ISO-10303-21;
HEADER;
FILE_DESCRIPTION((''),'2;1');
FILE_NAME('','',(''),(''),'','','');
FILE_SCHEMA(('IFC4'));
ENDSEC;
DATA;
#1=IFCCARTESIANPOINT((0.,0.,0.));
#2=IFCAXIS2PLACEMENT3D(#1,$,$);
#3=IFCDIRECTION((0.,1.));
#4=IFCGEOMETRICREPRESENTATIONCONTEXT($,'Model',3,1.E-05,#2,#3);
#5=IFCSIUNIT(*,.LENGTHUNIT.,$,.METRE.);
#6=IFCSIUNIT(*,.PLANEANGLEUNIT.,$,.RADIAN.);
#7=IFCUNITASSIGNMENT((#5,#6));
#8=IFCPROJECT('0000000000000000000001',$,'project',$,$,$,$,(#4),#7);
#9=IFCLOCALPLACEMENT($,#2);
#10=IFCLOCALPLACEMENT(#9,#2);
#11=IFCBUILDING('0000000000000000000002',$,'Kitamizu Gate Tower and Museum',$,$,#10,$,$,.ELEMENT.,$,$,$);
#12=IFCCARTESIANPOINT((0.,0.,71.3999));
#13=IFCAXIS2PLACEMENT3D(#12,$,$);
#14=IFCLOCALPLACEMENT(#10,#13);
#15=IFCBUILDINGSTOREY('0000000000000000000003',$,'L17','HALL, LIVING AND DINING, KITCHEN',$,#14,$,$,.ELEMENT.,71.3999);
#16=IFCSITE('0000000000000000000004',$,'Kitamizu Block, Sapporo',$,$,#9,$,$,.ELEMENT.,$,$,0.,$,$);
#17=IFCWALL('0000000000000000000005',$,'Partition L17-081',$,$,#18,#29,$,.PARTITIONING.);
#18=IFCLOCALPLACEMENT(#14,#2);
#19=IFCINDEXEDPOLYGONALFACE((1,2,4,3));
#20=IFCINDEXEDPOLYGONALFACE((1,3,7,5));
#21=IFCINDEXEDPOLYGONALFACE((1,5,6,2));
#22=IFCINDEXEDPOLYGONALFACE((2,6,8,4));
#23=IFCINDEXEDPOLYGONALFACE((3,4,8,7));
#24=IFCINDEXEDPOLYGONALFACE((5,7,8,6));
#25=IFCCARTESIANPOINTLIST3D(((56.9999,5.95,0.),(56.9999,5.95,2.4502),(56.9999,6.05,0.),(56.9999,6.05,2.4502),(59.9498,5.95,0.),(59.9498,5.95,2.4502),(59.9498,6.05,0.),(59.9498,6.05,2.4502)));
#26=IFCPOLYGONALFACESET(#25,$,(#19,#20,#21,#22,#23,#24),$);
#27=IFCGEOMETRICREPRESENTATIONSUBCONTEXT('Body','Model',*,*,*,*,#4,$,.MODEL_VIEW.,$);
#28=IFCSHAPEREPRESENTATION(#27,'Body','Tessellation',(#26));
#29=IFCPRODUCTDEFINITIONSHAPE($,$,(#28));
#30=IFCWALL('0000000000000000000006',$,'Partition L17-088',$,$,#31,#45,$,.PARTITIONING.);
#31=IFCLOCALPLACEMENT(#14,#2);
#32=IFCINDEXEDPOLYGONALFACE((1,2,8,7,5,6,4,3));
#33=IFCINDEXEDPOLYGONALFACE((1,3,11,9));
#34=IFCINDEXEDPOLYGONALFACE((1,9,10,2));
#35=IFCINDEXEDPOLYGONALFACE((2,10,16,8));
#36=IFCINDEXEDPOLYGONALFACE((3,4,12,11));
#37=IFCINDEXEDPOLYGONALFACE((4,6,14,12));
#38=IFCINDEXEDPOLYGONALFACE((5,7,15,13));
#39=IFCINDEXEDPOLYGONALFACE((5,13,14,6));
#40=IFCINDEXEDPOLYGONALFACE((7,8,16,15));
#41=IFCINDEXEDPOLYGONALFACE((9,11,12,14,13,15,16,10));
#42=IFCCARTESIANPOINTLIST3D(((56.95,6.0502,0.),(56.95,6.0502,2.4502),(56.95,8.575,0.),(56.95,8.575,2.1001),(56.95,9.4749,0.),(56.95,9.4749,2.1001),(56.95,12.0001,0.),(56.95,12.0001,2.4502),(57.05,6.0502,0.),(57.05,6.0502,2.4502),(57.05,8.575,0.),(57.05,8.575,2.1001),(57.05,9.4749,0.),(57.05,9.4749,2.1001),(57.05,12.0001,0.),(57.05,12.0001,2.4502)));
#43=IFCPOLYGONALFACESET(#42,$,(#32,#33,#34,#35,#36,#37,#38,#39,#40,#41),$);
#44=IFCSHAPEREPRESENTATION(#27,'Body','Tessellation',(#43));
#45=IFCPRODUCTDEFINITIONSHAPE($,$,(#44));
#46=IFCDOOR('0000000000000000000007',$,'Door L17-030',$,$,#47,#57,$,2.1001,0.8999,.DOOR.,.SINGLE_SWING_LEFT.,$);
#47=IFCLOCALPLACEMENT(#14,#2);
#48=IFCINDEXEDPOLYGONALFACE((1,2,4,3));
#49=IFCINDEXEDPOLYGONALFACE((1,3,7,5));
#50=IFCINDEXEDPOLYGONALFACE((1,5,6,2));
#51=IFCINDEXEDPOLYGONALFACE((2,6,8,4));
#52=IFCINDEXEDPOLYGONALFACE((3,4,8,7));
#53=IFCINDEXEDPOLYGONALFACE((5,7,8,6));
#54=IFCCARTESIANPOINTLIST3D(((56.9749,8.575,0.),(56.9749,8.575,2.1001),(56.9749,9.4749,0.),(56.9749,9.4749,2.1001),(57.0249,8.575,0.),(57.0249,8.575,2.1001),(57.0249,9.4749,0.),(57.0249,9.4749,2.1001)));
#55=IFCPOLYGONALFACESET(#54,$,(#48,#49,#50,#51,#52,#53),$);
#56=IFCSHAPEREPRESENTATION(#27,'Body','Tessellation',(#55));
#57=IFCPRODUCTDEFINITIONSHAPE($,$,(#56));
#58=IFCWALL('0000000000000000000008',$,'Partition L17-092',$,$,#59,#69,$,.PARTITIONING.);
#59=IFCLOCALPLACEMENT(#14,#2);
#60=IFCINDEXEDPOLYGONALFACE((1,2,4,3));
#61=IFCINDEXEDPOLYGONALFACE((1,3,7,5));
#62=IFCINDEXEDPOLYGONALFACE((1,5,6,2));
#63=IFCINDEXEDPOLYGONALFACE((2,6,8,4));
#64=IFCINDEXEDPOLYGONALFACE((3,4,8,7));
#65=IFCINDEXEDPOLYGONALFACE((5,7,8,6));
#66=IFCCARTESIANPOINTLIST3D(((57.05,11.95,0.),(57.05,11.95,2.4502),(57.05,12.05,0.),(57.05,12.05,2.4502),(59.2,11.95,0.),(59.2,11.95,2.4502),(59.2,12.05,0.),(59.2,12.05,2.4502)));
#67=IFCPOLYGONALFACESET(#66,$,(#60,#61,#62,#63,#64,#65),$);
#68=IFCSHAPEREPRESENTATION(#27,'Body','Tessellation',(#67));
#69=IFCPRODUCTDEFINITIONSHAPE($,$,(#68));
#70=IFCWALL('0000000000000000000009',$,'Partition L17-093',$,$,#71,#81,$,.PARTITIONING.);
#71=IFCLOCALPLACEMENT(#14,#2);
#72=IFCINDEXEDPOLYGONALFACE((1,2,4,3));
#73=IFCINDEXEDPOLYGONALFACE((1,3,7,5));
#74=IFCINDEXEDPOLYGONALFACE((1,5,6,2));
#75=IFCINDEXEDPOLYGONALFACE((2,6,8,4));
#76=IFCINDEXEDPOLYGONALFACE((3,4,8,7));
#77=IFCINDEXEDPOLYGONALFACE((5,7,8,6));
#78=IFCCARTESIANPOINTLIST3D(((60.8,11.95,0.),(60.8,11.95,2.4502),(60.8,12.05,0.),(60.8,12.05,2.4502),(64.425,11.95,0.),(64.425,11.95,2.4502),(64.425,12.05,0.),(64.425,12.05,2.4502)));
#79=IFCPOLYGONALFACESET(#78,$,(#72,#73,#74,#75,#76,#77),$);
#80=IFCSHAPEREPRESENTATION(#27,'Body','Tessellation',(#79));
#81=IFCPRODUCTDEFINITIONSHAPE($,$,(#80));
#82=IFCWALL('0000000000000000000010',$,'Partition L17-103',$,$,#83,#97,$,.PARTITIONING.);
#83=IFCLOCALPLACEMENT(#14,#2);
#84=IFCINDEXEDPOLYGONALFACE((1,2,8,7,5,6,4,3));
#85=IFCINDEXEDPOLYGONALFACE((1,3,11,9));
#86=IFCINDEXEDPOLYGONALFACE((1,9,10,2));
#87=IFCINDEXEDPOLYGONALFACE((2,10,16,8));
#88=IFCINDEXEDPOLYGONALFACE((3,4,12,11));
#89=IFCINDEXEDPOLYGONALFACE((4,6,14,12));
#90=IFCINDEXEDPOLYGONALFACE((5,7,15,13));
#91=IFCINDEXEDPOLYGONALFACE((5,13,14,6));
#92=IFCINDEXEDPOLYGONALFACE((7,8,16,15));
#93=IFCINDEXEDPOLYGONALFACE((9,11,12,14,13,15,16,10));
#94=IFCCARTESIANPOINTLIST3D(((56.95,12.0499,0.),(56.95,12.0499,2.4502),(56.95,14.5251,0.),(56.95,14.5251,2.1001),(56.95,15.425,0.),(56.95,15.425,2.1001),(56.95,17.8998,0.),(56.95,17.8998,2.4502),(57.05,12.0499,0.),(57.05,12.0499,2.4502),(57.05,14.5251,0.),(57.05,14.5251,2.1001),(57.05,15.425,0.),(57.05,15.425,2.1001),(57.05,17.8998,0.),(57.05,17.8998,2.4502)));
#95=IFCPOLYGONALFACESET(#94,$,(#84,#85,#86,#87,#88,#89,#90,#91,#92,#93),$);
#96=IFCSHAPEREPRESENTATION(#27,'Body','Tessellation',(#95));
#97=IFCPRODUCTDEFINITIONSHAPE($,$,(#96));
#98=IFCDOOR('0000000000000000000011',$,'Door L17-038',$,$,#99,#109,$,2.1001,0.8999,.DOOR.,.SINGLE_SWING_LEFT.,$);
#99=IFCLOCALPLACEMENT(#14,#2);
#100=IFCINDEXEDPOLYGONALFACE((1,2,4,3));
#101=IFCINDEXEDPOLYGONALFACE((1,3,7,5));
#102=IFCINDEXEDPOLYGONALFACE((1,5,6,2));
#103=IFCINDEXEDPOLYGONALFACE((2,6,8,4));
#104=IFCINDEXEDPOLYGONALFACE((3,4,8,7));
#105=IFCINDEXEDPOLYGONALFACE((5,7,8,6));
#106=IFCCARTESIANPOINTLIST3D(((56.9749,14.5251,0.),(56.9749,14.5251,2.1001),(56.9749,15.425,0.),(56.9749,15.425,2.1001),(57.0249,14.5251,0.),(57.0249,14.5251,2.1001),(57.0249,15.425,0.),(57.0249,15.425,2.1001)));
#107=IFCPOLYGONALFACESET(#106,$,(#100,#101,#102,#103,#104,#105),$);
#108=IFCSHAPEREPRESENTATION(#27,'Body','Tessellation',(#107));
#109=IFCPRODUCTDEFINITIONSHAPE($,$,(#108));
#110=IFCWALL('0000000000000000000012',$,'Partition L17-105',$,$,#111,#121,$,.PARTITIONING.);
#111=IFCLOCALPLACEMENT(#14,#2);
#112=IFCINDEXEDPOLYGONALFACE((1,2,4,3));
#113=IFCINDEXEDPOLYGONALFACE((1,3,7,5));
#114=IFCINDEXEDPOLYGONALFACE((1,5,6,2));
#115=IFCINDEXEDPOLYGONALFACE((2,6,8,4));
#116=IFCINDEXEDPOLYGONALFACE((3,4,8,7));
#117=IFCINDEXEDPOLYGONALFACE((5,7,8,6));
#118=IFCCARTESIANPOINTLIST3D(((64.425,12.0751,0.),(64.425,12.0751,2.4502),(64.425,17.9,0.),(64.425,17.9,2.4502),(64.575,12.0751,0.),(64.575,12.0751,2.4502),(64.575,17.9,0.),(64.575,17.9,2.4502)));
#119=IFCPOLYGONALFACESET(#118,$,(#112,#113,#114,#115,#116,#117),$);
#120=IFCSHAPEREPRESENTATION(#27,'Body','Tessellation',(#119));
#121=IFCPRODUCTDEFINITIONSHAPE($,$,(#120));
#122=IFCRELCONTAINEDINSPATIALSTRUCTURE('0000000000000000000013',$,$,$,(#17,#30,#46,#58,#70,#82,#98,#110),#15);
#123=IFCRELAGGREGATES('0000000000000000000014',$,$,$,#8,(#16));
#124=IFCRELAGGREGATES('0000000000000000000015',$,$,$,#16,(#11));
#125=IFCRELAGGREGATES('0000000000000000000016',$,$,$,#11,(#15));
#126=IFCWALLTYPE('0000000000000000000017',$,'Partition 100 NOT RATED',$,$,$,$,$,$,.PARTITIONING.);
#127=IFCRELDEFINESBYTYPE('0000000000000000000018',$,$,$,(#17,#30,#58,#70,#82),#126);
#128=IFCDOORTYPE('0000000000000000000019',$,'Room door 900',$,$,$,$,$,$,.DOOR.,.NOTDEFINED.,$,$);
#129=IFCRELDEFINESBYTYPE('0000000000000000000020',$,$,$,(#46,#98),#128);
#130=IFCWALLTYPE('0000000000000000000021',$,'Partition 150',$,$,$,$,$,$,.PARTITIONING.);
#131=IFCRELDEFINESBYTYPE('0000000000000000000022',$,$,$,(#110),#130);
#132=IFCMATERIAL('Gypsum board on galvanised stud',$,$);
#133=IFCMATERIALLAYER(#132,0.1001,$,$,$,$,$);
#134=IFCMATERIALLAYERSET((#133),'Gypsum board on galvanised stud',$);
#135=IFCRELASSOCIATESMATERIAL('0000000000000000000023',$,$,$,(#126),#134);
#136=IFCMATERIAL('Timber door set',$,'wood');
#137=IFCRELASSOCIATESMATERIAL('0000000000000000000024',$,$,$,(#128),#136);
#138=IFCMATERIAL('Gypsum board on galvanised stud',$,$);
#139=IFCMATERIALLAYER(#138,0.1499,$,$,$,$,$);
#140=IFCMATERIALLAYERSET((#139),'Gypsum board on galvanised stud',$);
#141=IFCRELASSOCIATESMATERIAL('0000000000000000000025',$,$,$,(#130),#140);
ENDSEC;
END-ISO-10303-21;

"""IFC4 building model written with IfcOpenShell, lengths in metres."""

from ifc_helpers import new_model, si_unit, direction, frame, frame_2d, origin, place, context, subcontext, project, spatial, rectangle, extrude, material, layer, layer_set, type_object, element, fill, save


model = new_model("IFC4")

# Units and contexts
model_context = context("Model", 3, precision=1e-05, world=origin(), true_north=direction((0.0, 1.0)))
body_context = subcontext(model_context, "Body", "Model", "MODEL_VIEW")
ifc_project = project(units=[si_unit("LENGTHUNIT", "METRE"), si_unit("PLANEANGLEUNIT", "RADIAN")], contexts=[model_context])

# Site, building, storey
site_placement = place(None, origin())
site = spatial("IfcSite", under=ifc_project, at=site_placement, Name="Kitamizu Block, Sapporo", CompositionType="ELEMENT", RefElevation=0.0)
building_placement = place(site_placement, origin())
building = spatial("IfcBuilding", under=site, at=building_placement, Name="Kitamizu Gate Tower and Museum", CompositionType="ELEMENT")
storey_placement = place(building_placement, frame((0.0, 0.0, 71.3999)))
storey = spatial("IfcBuildingStorey", under=building, at=storey_placement, Name="L17", Description="HALL, LIVING AND DINING, KITCHEN", CompositionType="ELEMENT", Elevation=71.3999)

# Shared definitions
ifc_material_1 = material(Name="Gypsum board on galvanised stud")
ifc_layer_1 = layer(ifc_material_1, 0.1001)
ifc_layer_set_1 = layer_set([ifc_layer_1], Name="Gypsum board on galvanised stud")
wall_type_1 = type_object("IfcWallType", Name="Partition 100 NOT RATED", PredefinedType="PARTITIONING", material=ifc_layer_set_1)
ifc_material_2 = material(Name="Timber door set", Category="wood")
door_type = type_object("IfcDoorType", Name="Room door 900", OperationType="NOTDEFINED", PredefinedType="DOOR", material=ifc_material_2)

# Wall
wall_1_placement = place(storey_placement, frame((59.95, 6.0, 0.0), z_axis=(0.0, 0.0, 1.0), x_axis=(-1.0, 0.0, 0.0)))
element("IfcWall", 1, at=wall_1_placement, inside=storey, type_object=wall_type_1, Name="Partition L17-081", PredefinedType="PARTITIONING", context=body_context, shape_type="SweptSolid", body=[
    extrude(rectangle(XDim=2.95, YDim=0.1001, at=frame_2d((1.4751, 0.0))), origin(), (0.0, 0.0, 1.0), 2.4502),
])

# Wall, opening, door
wall_2_placement = place(storey_placement, frame((57.0, 6.05, 0.0), z_axis=(0.0, 0.0, 1.0), x_axis=(0.0, 1.0, 0.0)))
wall_2 = element("IfcWall", 2, at=wall_2_placement, inside=storey, type_object=wall_type_1, Name="Partition L17-088", PredefinedType="PARTITIONING", context=body_context, shape_type="SweptSolid", body=[
    extrude(rectangle(XDim=5.95, YDim=0.1001, at=frame_2d((2.9751, 0.0))), origin(), (0.0, 0.0, 1.0), 2.4502),
])
opening_1_placement = place(wall_2_placement, frame((2.5249, 0.0, 0.0)))
opening_1 = element("IfcOpeningElement", 3, at=opening_1_placement, cuts=wall_2, PredefinedType="OPENING", context=body_context, shape_type="SweptSolid", body=[
    extrude(rectangle(XDim=0.8999, YDim=2.1001, at=frame_2d((0.45, 1.05))), frame((0.0, 0.0601, 0.0), z_axis=(0.0, -1.0, 0.0), x_axis=(1.0, 0.0, 0.0)), (0.0, 0.0, 1.0), 0.1201),
])
door_1_placement = place(opening_1_placement, frame((0.8999, 0.0, 0.0), x_axis=(-1.0, 0.0, 0.0)))
door_1 = element("IfcDoor", 4, at=door_1_placement, inside=storey, type_object=door_type, Name="Door L17-030", OperationType="SINGLE_SWING_LEFT", OverallHeight=2.1001, OverallWidth=0.8999, PredefinedType="DOOR", context=body_context, shape_type="SweptSolid", body=[
    extrude(rectangle(XDim=0.8999, YDim=2.1001, at=frame_2d((0.45, 1.05))), frame((0.0, 0.0249, 0.0), z_axis=(0.0, -1.0, 0.0), x_axis=(1.0, 0.0, 0.0)), (0.0, 0.0, 1.0), 0.05),
])
fill(opening_1, door_1)

# Walls
wall_3_placement = place(storey_placement, frame((59.2, 12.0, 0.0), z_axis=(0.0, 0.0, 1.0), x_axis=(-1.0, 0.0, 0.0)))
element("IfcWall", 5, at=wall_3_placement, inside=storey, type_object=wall_type_1, Name="Partition L17-092", PredefinedType="PARTITIONING", context=body_context, shape_type="SweptSolid", body=[
    extrude(rectangle(XDim=2.1499, YDim=0.1001, at=frame_2d((1.075, 0.0))), origin(), (0.0, 0.0, 1.0), 2.4502),
])
wall_4_placement = place(storey_placement, frame((64.425, 12.0, 0.0), z_axis=(0.0, 0.0, 1.0), x_axis=(-1.0, 0.0, 0.0)))
element("IfcWall", 6, at=wall_4_placement, inside=storey, type_object=wall_type_1, Name="Partition L17-093", PredefinedType="PARTITIONING", context=body_context, shape_type="SweptSolid", body=[
    extrude(rectangle(XDim=3.625, YDim=0.1001, at=frame_2d((1.8125, 0.0))), origin(), (0.0, 0.0, 1.0), 2.4502),
])

# Wall, opening, door
wall_5_placement = place(storey_placement, frame((57.0, 12.05, 0.0), z_axis=(0.0, 0.0, 1.0), x_axis=(0.0, 1.0, 0.0)))
wall_5 = element("IfcWall", 7, at=wall_5_placement, inside=storey, type_object=wall_type_1, Name="Partition L17-103", PredefinedType="PARTITIONING", context=body_context, shape_type="SweptSolid", body=[
    extrude(rectangle(XDim=5.8499, YDim=0.1001, at=frame_2d((2.9248, 0.0))), origin(), (0.0, 0.0, 1.0), 2.4502),
])
opening_2_placement = place(wall_5_placement, frame((2.4751, 0.0, 0.0)))
opening_2 = element("IfcOpeningElement", 8, at=opening_2_placement, cuts=wall_5, PredefinedType="OPENING", context=body_context, shape_type="SweptSolid", body=[
    extrude(rectangle(XDim=0.8999, YDim=2.1001, at=frame_2d((0.45, 1.05))), frame((0.0, 0.0601, 0.0), z_axis=(0.0, -1.0, 0.0), x_axis=(1.0, 0.0, 0.0)), (0.0, 0.0, 1.0), 0.1201),
])
door_2_placement = place(opening_2_placement, frame((0.8999, 0.0, 0.0), x_axis=(-1.0, 0.0, 0.0)))
door_2 = element("IfcDoor", 9, at=door_2_placement, inside=storey, type_object=door_type, Name="Door L17-038", OperationType="SINGLE_SWING_LEFT", OverallHeight=2.1001, OverallWidth=0.8999, PredefinedType="DOOR", context=body_context, shape_type="SweptSolid", body=[
    extrude(rectangle(XDim=0.8999, YDim=2.1001, at=frame_2d((0.45, 1.05))), frame((0.0, 0.0249, 0.0), z_axis=(0.0, -1.0, 0.0), x_axis=(1.0, 0.0, 0.0)), (0.0, 0.0, 1.0), 0.05),
])
fill(opening_2, door_2)

# Wall
ifc_material_3 = material(Name="Gypsum board on galvanised stud")
ifc_layer_2 = layer(ifc_material_3, 0.1499)
ifc_layer_set_2 = layer_set([ifc_layer_2], Name="Gypsum board on galvanised stud")
wall_type_2 = type_object("IfcWallType", Name="Partition 150", PredefinedType="PARTITIONING", material=ifc_layer_set_2)
wall_6_placement = place(storey_placement, frame((64.5, 12.075, 0.0), z_axis=(0.0, 0.0, 1.0), x_axis=(0.0, 1.0, 0.0)))
element("IfcWall", 10, at=wall_6_placement, inside=storey, type_object=wall_type_2, Name="Partition L17-105", PredefinedType="PARTITIONING", context=body_context, shape_type="SweptSolid", body=[
    extrude(rectangle(XDim=5.825, YDim=0.1499, at=frame_2d((2.9126, 0.0))), origin(), (0.0, 0.0, 1.0), 2.4502),
])

save(model, "model.ifc")
